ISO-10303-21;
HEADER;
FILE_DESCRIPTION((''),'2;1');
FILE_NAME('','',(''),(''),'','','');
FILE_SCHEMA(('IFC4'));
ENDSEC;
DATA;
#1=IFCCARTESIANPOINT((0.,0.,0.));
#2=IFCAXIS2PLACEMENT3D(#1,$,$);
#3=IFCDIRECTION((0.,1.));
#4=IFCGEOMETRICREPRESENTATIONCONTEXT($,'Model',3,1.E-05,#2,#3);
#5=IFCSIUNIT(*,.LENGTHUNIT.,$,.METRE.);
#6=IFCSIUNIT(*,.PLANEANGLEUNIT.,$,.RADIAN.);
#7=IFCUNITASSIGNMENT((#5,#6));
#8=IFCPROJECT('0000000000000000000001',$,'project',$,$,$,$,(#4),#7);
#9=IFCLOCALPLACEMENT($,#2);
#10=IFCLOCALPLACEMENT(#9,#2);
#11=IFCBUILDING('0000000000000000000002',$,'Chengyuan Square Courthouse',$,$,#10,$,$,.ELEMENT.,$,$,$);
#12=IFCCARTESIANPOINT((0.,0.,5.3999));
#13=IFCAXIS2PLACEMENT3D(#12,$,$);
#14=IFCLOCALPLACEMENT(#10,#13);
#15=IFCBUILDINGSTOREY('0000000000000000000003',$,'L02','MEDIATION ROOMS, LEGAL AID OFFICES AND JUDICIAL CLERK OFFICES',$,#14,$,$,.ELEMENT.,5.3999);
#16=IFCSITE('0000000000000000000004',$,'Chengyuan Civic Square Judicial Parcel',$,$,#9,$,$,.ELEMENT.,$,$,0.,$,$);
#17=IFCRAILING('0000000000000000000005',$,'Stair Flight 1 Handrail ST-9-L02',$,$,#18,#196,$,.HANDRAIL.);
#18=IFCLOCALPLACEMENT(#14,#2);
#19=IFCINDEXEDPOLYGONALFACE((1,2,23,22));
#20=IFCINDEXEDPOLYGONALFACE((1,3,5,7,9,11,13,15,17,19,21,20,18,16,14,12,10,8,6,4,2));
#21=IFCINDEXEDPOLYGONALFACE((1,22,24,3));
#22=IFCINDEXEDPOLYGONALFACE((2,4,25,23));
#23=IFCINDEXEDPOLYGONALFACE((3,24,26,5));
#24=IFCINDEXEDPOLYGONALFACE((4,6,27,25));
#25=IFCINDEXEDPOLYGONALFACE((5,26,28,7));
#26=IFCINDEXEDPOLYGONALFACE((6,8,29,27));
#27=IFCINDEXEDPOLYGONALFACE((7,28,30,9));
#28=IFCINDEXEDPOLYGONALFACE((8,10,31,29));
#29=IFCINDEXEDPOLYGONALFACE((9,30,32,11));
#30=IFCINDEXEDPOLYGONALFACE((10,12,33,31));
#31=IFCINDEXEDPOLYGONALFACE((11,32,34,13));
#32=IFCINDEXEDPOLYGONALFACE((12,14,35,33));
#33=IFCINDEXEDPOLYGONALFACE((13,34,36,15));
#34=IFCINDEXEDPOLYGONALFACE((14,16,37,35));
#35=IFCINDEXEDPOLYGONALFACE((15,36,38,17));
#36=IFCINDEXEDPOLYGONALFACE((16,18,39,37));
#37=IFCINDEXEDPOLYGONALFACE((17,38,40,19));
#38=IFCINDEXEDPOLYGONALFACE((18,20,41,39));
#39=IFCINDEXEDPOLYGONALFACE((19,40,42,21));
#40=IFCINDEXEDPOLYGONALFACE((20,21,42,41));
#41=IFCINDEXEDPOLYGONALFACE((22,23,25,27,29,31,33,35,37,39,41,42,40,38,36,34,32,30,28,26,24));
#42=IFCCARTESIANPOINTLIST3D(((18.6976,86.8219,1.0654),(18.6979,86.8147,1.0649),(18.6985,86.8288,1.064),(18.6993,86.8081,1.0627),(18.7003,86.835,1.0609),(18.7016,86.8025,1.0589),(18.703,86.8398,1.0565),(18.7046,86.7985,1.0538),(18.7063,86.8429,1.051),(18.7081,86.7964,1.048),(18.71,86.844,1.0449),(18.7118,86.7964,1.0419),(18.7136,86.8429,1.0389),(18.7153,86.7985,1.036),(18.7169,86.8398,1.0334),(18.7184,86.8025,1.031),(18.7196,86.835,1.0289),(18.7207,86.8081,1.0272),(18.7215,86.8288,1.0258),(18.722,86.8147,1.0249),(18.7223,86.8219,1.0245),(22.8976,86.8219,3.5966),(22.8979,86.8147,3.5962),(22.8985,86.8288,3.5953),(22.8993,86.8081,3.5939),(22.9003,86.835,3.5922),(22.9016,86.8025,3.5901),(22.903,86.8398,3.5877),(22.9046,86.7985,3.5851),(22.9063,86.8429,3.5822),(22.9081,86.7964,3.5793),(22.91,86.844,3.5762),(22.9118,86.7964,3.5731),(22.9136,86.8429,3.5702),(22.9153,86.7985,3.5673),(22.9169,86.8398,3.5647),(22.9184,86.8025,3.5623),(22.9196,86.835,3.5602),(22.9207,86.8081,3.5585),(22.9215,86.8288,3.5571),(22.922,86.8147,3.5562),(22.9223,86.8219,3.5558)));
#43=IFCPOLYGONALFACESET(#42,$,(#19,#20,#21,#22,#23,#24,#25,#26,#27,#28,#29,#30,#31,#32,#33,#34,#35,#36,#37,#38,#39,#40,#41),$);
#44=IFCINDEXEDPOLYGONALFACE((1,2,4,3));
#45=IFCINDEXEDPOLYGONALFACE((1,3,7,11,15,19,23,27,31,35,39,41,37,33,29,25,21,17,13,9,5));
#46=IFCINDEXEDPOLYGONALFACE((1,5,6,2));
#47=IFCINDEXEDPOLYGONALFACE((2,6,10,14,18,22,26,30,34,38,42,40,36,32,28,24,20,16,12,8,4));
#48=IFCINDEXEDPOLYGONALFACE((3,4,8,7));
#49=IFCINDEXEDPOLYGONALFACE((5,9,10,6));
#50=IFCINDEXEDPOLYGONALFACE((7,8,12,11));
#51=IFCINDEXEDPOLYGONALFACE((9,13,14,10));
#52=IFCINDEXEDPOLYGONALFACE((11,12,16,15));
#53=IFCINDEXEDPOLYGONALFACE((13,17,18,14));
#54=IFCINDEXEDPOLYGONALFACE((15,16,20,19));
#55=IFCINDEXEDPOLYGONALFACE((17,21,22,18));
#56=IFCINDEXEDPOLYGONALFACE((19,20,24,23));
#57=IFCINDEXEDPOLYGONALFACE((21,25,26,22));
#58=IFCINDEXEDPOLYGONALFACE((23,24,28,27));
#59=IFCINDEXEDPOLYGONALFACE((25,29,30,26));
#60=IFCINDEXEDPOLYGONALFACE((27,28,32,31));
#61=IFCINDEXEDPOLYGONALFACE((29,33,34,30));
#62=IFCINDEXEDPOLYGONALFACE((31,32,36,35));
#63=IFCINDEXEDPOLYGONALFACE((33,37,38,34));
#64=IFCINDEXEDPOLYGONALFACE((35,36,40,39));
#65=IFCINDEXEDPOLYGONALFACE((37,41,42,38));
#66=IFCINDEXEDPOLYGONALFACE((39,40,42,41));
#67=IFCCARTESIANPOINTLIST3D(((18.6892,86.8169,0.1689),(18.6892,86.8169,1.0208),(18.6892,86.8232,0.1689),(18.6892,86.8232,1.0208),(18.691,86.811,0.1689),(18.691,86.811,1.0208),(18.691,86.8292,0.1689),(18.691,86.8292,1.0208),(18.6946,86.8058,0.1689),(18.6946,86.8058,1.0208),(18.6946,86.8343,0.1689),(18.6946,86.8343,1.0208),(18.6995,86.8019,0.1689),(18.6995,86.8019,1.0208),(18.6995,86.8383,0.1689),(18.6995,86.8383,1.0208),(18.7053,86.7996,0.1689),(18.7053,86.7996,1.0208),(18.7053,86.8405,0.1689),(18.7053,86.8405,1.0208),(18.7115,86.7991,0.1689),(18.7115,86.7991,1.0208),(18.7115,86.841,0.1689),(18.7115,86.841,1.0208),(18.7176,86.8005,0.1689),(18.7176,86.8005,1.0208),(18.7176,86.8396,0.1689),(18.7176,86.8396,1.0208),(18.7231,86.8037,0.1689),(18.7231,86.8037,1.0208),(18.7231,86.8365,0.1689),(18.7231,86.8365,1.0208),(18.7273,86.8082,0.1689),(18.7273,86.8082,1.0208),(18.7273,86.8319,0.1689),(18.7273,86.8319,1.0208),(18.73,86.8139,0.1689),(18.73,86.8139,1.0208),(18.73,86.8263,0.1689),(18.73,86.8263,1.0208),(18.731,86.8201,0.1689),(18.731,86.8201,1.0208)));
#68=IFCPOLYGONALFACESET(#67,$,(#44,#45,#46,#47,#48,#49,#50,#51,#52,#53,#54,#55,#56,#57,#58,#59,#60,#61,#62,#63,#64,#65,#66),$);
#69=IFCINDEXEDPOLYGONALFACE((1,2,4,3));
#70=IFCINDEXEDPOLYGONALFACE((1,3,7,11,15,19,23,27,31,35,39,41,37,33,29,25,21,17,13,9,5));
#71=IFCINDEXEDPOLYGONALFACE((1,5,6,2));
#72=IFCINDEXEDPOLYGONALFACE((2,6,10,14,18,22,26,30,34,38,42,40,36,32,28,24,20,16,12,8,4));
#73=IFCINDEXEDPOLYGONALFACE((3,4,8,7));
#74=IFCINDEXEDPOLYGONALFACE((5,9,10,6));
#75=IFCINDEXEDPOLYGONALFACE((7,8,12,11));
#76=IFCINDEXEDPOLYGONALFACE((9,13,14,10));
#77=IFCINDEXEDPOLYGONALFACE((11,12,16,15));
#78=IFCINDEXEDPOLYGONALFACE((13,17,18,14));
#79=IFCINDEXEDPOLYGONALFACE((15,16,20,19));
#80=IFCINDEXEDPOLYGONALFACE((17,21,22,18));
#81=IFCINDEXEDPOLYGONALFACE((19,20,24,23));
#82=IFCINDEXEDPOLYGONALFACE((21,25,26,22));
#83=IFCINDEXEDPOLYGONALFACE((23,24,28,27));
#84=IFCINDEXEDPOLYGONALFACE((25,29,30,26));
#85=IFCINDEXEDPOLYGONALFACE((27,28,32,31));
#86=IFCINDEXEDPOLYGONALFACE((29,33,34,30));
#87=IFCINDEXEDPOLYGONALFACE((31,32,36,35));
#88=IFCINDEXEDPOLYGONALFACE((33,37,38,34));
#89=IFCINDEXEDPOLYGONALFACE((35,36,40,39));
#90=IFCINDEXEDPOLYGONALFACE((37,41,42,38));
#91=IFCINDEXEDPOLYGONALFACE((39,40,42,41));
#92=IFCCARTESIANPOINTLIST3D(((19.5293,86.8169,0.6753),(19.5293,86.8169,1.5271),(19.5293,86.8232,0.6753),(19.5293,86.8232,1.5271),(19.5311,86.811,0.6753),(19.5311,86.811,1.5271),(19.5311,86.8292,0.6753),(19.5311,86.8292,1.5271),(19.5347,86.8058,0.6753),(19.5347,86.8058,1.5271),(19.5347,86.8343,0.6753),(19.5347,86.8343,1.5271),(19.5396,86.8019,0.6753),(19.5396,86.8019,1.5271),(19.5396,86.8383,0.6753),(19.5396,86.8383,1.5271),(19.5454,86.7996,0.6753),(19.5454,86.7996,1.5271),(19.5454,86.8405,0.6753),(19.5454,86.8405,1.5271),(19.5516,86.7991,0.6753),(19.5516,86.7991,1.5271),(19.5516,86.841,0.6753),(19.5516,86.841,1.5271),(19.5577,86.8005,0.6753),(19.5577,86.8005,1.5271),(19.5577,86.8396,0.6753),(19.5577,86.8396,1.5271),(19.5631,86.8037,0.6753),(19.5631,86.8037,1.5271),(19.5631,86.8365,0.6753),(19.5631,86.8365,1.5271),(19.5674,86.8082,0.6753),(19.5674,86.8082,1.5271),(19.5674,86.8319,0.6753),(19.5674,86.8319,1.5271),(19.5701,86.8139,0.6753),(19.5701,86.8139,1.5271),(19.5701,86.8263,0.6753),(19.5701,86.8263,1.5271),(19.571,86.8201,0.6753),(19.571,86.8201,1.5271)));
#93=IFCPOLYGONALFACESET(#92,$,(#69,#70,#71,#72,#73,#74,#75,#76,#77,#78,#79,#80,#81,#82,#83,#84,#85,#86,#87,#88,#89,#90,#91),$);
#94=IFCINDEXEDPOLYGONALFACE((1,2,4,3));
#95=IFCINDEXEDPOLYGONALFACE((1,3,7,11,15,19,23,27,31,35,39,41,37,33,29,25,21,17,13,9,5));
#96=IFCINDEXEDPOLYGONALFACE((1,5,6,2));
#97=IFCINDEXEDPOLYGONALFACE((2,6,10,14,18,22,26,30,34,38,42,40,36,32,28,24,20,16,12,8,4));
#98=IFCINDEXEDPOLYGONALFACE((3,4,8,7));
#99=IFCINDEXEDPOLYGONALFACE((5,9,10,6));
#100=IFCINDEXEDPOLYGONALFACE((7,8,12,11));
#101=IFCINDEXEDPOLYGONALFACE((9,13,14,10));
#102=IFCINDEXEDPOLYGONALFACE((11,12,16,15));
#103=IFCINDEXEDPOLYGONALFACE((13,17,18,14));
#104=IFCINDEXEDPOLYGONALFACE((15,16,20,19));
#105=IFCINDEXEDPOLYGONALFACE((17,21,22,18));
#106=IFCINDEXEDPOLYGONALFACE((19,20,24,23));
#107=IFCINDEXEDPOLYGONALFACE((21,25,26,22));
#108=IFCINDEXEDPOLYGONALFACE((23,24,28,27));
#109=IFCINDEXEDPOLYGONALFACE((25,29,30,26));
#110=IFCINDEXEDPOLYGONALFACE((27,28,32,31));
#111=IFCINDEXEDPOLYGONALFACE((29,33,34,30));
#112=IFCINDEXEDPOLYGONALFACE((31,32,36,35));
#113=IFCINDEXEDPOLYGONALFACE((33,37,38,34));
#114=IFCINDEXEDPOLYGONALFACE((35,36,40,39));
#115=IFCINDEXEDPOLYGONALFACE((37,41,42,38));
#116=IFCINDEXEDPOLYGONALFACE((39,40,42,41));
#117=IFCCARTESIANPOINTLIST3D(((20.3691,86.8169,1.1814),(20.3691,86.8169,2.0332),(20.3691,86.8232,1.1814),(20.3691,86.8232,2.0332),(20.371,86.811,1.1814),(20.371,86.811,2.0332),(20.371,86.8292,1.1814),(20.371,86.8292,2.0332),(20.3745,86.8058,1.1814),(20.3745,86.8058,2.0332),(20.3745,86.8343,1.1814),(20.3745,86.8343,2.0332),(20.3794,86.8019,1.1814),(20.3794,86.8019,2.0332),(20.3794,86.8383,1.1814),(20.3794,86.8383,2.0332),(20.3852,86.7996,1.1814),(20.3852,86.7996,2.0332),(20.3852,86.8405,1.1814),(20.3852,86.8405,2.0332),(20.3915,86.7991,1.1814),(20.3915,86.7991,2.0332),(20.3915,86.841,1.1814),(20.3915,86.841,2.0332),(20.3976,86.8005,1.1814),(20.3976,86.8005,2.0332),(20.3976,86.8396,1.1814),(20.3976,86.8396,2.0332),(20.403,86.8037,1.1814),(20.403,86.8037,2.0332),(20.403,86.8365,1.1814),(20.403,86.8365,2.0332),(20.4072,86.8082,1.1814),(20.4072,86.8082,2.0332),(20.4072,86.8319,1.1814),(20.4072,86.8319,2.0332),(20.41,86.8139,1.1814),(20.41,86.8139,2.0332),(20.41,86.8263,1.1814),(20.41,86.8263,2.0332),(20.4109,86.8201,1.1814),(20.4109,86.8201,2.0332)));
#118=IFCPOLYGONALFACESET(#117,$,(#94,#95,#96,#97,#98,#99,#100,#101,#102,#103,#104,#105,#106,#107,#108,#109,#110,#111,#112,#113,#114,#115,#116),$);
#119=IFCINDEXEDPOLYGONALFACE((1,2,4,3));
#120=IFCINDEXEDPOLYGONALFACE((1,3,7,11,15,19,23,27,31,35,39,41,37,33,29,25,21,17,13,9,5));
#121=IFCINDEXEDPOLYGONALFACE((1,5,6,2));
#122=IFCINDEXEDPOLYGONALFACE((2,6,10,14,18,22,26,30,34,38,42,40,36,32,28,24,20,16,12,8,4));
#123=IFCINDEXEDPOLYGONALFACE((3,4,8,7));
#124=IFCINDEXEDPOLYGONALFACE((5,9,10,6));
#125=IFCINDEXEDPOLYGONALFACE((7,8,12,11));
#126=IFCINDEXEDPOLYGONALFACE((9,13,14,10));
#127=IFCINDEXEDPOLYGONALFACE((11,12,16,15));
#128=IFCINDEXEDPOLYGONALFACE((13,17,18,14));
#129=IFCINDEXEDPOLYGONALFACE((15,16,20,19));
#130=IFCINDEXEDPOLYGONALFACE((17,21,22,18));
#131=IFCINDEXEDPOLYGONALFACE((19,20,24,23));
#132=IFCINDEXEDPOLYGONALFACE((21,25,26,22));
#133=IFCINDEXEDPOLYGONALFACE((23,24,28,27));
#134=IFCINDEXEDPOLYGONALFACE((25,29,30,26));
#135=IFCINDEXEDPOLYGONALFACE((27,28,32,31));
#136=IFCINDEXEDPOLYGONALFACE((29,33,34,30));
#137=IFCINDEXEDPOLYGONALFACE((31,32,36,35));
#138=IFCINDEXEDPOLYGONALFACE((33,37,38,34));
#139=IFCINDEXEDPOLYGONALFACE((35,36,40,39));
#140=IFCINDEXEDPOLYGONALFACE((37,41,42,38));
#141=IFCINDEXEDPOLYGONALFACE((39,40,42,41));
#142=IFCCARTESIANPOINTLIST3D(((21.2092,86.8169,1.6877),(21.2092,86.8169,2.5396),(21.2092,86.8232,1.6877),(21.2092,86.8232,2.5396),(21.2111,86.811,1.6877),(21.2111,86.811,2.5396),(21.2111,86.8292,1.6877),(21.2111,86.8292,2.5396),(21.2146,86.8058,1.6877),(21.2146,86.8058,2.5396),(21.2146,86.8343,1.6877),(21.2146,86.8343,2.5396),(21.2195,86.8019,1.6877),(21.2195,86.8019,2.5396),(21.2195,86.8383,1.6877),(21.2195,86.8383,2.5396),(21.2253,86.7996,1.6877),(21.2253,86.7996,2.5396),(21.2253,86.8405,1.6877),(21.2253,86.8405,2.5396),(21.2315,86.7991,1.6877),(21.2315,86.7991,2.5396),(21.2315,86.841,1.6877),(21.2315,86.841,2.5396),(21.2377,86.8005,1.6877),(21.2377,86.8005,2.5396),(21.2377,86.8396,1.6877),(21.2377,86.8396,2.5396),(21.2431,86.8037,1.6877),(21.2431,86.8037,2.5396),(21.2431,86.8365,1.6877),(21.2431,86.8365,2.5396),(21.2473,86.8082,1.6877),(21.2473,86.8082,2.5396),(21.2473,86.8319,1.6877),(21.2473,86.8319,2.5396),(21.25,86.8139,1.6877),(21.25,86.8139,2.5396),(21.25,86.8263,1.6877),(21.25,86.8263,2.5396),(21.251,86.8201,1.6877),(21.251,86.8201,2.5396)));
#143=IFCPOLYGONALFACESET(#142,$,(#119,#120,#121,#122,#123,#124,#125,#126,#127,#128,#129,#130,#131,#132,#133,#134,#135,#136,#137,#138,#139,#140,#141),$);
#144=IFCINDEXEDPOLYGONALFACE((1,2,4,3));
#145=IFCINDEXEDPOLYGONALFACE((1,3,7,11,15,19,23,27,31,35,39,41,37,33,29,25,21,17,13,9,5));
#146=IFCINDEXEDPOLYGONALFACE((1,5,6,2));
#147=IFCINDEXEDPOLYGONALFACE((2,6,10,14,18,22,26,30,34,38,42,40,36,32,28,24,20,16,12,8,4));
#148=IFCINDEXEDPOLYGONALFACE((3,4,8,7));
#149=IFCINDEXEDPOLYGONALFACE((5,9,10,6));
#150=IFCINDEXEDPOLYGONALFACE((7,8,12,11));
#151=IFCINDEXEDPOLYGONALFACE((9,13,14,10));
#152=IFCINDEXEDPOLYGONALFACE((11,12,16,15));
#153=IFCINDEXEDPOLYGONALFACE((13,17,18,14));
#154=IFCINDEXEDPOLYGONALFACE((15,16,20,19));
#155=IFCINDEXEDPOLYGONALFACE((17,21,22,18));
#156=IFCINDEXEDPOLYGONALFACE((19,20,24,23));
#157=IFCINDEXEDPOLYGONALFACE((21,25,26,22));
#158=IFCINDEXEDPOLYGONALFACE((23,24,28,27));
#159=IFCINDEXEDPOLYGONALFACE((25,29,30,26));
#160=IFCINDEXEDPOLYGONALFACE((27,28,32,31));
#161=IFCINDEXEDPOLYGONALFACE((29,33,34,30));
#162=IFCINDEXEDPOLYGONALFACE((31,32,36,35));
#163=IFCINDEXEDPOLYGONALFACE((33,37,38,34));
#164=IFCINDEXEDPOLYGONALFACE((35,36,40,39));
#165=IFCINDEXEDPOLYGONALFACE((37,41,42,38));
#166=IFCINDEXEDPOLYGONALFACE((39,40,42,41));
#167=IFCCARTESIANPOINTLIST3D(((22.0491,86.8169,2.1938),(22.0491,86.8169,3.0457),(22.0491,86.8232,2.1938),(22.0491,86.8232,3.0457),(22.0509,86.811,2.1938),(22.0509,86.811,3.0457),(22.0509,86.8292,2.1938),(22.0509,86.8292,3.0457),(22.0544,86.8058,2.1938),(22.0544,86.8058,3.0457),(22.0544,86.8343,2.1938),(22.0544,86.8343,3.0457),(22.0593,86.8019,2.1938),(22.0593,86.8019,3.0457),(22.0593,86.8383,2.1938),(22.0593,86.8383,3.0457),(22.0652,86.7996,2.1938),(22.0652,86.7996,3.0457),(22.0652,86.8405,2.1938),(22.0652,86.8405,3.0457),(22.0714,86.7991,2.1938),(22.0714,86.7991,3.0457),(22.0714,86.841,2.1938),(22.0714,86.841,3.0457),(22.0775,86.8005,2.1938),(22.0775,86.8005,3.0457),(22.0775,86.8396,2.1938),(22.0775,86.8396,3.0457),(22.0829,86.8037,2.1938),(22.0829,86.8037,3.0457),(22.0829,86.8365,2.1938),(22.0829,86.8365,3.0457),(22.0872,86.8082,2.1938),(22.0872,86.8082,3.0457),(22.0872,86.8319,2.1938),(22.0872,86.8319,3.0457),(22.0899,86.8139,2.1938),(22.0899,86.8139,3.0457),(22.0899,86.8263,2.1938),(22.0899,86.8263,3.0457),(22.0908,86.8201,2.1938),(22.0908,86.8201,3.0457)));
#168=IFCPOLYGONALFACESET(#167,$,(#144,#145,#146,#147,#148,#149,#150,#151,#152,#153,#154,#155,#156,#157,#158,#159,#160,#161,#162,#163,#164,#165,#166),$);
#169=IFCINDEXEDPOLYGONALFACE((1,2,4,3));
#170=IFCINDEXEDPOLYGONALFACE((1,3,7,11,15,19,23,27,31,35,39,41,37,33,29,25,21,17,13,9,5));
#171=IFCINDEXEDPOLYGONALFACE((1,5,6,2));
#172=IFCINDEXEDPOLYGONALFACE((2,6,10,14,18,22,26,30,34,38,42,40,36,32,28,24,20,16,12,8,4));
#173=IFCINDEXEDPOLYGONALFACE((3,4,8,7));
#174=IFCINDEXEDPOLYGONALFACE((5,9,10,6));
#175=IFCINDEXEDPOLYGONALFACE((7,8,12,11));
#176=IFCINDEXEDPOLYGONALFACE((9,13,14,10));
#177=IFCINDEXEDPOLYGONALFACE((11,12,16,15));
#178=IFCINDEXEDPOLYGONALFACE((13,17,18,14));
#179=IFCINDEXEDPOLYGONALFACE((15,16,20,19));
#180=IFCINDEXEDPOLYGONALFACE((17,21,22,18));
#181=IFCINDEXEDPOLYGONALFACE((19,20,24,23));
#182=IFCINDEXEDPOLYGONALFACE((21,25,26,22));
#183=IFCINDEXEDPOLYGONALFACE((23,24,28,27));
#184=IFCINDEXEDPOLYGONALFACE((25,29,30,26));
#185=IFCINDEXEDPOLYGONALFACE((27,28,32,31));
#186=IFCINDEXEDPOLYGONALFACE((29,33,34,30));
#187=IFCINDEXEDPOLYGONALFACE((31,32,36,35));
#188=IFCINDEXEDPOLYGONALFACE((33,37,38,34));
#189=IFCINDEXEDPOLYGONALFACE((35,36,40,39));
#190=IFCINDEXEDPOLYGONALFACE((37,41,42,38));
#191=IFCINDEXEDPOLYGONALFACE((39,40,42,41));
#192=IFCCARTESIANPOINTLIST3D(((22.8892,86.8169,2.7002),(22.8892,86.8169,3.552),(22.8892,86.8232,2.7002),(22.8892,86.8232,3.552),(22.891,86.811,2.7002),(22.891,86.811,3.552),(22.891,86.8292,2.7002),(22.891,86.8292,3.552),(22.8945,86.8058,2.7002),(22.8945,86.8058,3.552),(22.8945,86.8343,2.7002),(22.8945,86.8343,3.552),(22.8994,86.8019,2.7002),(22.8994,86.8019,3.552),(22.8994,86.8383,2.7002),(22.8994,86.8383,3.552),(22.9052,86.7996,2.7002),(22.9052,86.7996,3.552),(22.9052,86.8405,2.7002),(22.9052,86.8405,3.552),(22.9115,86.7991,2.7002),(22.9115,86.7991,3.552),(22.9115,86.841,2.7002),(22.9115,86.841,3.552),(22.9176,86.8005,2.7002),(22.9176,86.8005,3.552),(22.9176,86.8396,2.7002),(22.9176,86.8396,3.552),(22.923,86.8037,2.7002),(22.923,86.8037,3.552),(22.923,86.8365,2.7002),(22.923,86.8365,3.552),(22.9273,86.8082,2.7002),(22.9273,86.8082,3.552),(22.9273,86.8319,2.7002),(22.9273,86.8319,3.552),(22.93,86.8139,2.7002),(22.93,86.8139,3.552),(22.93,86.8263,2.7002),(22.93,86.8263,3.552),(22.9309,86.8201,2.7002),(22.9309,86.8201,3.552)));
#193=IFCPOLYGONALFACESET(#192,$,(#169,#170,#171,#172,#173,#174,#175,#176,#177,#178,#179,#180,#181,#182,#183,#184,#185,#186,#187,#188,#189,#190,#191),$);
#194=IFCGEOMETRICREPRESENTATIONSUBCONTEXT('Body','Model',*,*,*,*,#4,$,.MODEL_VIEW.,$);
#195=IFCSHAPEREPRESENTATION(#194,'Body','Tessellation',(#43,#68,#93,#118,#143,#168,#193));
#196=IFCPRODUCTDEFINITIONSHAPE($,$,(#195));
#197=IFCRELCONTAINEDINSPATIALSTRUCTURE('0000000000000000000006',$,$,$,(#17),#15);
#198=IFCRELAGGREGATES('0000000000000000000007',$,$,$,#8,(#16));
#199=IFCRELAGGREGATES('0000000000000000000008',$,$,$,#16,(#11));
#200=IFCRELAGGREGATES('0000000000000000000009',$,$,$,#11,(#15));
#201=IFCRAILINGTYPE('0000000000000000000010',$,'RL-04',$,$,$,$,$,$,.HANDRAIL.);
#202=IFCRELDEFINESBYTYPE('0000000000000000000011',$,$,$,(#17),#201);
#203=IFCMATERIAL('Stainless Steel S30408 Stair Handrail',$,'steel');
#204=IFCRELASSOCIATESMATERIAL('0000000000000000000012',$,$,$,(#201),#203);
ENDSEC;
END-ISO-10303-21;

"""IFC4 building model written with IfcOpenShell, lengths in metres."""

from ifc_helpers import new_model, si_unit, direction, frame, origin, origin_2d, place, context, subcontext, project, spatial, circle, extrude, material, type_object, element, save


model = new_model("IFC4")

# Units and contexts
model_context = context("Model", 3, precision=1e-05, world=origin(), true_north=direction((0.0, 1.0)))
body_context = subcontext(model_context, "Body", "Model", "MODEL_VIEW")
ifc_project = project(units=[si_unit("LENGTHUNIT", "METRE"), si_unit("PLANEANGLEUNIT", "RADIAN")], contexts=[model_context])

# Site, building, storey
site_placement = place(None, origin())
site = spatial("IfcSite", under=ifc_project, at=site_placement, Name="Chengyuan Civic Square Judicial Parcel", CompositionType="ELEMENT", RefElevation=0.0)
building_placement = place(site_placement, origin())
building = spatial("IfcBuilding", under=site, at=building_placement, Name="Chengyuan Square Courthouse", CompositionType="ELEMENT")
storey_placement = place(building_placement, frame((0.0, 0.0, 5.3999)))
storey = spatial("IfcBuildingStorey", under=building, at=storey_placement, Name="L02", Description="MEDIATION ROOMS, LEGAL AID OFFICES AND JUDICIAL CLERK OFFICES", CompositionType="ELEMENT", Elevation=5.3999)

# Railing
ifc_material_1 = material(Name="Stainless Steel S30408 Stair Handrail", Category="steel")
railing_type_1 = type_object("IfcRailingType", Name="RL-04", PredefinedType="HANDRAIL", material=ifc_material_1)
railing_1_placement = place(storey_placement, frame((18.71, 86.8201, 0.1689)))
element("IfcRailing", 1, at=railing_1_placement, inside=storey, type_object=railing_type_1, Name="Stair Flight 1 Handrail ST-9-L02", PredefinedType="HANDRAIL", context=body_context, shape_type="SweptSolid", body=[
    extrude(circle(Radius=0.0239, at=origin_2d()), frame((0.0, 0.0, 0.876), z_axis=(0.856476, 0.0, 0.516186), x_axis=(0.0, 1.0, 0.0)), (0.0, 0.0, 1.0), 4.9038),
    extrude(circle(Radius=0.021, at=origin_2d()), origin(), (0.0, 0.0, 1.0), 0.8518),
    extrude(circle(Radius=0.021, at=origin_2d()), frame((0.8401, 0.0, 0.5063)), (0.0, 0.0, 1.0), 0.8518),
    extrude(circle(Radius=0.021, at=origin_2d()), frame((1.6799, 0.0, 1.0125)), (0.0, 0.0, 1.0), 0.8518),
    extrude(circle(Radius=0.021, at=origin_2d()), frame((2.52, 0.0, 1.5188)), (0.0, 0.0, 1.0), 0.8518),
    extrude(circle(Radius=0.021, at=origin_2d()), frame((3.3599, 0.0, 2.0249)), (0.0, 0.0, 1.0), 0.8518),
    extrude(circle(Radius=0.021, at=origin_2d()), frame((4.2, 0.0, 2.5312)), (0.0, 0.0, 1.0), 0.8518),
])

save(model, "model.ifc")
